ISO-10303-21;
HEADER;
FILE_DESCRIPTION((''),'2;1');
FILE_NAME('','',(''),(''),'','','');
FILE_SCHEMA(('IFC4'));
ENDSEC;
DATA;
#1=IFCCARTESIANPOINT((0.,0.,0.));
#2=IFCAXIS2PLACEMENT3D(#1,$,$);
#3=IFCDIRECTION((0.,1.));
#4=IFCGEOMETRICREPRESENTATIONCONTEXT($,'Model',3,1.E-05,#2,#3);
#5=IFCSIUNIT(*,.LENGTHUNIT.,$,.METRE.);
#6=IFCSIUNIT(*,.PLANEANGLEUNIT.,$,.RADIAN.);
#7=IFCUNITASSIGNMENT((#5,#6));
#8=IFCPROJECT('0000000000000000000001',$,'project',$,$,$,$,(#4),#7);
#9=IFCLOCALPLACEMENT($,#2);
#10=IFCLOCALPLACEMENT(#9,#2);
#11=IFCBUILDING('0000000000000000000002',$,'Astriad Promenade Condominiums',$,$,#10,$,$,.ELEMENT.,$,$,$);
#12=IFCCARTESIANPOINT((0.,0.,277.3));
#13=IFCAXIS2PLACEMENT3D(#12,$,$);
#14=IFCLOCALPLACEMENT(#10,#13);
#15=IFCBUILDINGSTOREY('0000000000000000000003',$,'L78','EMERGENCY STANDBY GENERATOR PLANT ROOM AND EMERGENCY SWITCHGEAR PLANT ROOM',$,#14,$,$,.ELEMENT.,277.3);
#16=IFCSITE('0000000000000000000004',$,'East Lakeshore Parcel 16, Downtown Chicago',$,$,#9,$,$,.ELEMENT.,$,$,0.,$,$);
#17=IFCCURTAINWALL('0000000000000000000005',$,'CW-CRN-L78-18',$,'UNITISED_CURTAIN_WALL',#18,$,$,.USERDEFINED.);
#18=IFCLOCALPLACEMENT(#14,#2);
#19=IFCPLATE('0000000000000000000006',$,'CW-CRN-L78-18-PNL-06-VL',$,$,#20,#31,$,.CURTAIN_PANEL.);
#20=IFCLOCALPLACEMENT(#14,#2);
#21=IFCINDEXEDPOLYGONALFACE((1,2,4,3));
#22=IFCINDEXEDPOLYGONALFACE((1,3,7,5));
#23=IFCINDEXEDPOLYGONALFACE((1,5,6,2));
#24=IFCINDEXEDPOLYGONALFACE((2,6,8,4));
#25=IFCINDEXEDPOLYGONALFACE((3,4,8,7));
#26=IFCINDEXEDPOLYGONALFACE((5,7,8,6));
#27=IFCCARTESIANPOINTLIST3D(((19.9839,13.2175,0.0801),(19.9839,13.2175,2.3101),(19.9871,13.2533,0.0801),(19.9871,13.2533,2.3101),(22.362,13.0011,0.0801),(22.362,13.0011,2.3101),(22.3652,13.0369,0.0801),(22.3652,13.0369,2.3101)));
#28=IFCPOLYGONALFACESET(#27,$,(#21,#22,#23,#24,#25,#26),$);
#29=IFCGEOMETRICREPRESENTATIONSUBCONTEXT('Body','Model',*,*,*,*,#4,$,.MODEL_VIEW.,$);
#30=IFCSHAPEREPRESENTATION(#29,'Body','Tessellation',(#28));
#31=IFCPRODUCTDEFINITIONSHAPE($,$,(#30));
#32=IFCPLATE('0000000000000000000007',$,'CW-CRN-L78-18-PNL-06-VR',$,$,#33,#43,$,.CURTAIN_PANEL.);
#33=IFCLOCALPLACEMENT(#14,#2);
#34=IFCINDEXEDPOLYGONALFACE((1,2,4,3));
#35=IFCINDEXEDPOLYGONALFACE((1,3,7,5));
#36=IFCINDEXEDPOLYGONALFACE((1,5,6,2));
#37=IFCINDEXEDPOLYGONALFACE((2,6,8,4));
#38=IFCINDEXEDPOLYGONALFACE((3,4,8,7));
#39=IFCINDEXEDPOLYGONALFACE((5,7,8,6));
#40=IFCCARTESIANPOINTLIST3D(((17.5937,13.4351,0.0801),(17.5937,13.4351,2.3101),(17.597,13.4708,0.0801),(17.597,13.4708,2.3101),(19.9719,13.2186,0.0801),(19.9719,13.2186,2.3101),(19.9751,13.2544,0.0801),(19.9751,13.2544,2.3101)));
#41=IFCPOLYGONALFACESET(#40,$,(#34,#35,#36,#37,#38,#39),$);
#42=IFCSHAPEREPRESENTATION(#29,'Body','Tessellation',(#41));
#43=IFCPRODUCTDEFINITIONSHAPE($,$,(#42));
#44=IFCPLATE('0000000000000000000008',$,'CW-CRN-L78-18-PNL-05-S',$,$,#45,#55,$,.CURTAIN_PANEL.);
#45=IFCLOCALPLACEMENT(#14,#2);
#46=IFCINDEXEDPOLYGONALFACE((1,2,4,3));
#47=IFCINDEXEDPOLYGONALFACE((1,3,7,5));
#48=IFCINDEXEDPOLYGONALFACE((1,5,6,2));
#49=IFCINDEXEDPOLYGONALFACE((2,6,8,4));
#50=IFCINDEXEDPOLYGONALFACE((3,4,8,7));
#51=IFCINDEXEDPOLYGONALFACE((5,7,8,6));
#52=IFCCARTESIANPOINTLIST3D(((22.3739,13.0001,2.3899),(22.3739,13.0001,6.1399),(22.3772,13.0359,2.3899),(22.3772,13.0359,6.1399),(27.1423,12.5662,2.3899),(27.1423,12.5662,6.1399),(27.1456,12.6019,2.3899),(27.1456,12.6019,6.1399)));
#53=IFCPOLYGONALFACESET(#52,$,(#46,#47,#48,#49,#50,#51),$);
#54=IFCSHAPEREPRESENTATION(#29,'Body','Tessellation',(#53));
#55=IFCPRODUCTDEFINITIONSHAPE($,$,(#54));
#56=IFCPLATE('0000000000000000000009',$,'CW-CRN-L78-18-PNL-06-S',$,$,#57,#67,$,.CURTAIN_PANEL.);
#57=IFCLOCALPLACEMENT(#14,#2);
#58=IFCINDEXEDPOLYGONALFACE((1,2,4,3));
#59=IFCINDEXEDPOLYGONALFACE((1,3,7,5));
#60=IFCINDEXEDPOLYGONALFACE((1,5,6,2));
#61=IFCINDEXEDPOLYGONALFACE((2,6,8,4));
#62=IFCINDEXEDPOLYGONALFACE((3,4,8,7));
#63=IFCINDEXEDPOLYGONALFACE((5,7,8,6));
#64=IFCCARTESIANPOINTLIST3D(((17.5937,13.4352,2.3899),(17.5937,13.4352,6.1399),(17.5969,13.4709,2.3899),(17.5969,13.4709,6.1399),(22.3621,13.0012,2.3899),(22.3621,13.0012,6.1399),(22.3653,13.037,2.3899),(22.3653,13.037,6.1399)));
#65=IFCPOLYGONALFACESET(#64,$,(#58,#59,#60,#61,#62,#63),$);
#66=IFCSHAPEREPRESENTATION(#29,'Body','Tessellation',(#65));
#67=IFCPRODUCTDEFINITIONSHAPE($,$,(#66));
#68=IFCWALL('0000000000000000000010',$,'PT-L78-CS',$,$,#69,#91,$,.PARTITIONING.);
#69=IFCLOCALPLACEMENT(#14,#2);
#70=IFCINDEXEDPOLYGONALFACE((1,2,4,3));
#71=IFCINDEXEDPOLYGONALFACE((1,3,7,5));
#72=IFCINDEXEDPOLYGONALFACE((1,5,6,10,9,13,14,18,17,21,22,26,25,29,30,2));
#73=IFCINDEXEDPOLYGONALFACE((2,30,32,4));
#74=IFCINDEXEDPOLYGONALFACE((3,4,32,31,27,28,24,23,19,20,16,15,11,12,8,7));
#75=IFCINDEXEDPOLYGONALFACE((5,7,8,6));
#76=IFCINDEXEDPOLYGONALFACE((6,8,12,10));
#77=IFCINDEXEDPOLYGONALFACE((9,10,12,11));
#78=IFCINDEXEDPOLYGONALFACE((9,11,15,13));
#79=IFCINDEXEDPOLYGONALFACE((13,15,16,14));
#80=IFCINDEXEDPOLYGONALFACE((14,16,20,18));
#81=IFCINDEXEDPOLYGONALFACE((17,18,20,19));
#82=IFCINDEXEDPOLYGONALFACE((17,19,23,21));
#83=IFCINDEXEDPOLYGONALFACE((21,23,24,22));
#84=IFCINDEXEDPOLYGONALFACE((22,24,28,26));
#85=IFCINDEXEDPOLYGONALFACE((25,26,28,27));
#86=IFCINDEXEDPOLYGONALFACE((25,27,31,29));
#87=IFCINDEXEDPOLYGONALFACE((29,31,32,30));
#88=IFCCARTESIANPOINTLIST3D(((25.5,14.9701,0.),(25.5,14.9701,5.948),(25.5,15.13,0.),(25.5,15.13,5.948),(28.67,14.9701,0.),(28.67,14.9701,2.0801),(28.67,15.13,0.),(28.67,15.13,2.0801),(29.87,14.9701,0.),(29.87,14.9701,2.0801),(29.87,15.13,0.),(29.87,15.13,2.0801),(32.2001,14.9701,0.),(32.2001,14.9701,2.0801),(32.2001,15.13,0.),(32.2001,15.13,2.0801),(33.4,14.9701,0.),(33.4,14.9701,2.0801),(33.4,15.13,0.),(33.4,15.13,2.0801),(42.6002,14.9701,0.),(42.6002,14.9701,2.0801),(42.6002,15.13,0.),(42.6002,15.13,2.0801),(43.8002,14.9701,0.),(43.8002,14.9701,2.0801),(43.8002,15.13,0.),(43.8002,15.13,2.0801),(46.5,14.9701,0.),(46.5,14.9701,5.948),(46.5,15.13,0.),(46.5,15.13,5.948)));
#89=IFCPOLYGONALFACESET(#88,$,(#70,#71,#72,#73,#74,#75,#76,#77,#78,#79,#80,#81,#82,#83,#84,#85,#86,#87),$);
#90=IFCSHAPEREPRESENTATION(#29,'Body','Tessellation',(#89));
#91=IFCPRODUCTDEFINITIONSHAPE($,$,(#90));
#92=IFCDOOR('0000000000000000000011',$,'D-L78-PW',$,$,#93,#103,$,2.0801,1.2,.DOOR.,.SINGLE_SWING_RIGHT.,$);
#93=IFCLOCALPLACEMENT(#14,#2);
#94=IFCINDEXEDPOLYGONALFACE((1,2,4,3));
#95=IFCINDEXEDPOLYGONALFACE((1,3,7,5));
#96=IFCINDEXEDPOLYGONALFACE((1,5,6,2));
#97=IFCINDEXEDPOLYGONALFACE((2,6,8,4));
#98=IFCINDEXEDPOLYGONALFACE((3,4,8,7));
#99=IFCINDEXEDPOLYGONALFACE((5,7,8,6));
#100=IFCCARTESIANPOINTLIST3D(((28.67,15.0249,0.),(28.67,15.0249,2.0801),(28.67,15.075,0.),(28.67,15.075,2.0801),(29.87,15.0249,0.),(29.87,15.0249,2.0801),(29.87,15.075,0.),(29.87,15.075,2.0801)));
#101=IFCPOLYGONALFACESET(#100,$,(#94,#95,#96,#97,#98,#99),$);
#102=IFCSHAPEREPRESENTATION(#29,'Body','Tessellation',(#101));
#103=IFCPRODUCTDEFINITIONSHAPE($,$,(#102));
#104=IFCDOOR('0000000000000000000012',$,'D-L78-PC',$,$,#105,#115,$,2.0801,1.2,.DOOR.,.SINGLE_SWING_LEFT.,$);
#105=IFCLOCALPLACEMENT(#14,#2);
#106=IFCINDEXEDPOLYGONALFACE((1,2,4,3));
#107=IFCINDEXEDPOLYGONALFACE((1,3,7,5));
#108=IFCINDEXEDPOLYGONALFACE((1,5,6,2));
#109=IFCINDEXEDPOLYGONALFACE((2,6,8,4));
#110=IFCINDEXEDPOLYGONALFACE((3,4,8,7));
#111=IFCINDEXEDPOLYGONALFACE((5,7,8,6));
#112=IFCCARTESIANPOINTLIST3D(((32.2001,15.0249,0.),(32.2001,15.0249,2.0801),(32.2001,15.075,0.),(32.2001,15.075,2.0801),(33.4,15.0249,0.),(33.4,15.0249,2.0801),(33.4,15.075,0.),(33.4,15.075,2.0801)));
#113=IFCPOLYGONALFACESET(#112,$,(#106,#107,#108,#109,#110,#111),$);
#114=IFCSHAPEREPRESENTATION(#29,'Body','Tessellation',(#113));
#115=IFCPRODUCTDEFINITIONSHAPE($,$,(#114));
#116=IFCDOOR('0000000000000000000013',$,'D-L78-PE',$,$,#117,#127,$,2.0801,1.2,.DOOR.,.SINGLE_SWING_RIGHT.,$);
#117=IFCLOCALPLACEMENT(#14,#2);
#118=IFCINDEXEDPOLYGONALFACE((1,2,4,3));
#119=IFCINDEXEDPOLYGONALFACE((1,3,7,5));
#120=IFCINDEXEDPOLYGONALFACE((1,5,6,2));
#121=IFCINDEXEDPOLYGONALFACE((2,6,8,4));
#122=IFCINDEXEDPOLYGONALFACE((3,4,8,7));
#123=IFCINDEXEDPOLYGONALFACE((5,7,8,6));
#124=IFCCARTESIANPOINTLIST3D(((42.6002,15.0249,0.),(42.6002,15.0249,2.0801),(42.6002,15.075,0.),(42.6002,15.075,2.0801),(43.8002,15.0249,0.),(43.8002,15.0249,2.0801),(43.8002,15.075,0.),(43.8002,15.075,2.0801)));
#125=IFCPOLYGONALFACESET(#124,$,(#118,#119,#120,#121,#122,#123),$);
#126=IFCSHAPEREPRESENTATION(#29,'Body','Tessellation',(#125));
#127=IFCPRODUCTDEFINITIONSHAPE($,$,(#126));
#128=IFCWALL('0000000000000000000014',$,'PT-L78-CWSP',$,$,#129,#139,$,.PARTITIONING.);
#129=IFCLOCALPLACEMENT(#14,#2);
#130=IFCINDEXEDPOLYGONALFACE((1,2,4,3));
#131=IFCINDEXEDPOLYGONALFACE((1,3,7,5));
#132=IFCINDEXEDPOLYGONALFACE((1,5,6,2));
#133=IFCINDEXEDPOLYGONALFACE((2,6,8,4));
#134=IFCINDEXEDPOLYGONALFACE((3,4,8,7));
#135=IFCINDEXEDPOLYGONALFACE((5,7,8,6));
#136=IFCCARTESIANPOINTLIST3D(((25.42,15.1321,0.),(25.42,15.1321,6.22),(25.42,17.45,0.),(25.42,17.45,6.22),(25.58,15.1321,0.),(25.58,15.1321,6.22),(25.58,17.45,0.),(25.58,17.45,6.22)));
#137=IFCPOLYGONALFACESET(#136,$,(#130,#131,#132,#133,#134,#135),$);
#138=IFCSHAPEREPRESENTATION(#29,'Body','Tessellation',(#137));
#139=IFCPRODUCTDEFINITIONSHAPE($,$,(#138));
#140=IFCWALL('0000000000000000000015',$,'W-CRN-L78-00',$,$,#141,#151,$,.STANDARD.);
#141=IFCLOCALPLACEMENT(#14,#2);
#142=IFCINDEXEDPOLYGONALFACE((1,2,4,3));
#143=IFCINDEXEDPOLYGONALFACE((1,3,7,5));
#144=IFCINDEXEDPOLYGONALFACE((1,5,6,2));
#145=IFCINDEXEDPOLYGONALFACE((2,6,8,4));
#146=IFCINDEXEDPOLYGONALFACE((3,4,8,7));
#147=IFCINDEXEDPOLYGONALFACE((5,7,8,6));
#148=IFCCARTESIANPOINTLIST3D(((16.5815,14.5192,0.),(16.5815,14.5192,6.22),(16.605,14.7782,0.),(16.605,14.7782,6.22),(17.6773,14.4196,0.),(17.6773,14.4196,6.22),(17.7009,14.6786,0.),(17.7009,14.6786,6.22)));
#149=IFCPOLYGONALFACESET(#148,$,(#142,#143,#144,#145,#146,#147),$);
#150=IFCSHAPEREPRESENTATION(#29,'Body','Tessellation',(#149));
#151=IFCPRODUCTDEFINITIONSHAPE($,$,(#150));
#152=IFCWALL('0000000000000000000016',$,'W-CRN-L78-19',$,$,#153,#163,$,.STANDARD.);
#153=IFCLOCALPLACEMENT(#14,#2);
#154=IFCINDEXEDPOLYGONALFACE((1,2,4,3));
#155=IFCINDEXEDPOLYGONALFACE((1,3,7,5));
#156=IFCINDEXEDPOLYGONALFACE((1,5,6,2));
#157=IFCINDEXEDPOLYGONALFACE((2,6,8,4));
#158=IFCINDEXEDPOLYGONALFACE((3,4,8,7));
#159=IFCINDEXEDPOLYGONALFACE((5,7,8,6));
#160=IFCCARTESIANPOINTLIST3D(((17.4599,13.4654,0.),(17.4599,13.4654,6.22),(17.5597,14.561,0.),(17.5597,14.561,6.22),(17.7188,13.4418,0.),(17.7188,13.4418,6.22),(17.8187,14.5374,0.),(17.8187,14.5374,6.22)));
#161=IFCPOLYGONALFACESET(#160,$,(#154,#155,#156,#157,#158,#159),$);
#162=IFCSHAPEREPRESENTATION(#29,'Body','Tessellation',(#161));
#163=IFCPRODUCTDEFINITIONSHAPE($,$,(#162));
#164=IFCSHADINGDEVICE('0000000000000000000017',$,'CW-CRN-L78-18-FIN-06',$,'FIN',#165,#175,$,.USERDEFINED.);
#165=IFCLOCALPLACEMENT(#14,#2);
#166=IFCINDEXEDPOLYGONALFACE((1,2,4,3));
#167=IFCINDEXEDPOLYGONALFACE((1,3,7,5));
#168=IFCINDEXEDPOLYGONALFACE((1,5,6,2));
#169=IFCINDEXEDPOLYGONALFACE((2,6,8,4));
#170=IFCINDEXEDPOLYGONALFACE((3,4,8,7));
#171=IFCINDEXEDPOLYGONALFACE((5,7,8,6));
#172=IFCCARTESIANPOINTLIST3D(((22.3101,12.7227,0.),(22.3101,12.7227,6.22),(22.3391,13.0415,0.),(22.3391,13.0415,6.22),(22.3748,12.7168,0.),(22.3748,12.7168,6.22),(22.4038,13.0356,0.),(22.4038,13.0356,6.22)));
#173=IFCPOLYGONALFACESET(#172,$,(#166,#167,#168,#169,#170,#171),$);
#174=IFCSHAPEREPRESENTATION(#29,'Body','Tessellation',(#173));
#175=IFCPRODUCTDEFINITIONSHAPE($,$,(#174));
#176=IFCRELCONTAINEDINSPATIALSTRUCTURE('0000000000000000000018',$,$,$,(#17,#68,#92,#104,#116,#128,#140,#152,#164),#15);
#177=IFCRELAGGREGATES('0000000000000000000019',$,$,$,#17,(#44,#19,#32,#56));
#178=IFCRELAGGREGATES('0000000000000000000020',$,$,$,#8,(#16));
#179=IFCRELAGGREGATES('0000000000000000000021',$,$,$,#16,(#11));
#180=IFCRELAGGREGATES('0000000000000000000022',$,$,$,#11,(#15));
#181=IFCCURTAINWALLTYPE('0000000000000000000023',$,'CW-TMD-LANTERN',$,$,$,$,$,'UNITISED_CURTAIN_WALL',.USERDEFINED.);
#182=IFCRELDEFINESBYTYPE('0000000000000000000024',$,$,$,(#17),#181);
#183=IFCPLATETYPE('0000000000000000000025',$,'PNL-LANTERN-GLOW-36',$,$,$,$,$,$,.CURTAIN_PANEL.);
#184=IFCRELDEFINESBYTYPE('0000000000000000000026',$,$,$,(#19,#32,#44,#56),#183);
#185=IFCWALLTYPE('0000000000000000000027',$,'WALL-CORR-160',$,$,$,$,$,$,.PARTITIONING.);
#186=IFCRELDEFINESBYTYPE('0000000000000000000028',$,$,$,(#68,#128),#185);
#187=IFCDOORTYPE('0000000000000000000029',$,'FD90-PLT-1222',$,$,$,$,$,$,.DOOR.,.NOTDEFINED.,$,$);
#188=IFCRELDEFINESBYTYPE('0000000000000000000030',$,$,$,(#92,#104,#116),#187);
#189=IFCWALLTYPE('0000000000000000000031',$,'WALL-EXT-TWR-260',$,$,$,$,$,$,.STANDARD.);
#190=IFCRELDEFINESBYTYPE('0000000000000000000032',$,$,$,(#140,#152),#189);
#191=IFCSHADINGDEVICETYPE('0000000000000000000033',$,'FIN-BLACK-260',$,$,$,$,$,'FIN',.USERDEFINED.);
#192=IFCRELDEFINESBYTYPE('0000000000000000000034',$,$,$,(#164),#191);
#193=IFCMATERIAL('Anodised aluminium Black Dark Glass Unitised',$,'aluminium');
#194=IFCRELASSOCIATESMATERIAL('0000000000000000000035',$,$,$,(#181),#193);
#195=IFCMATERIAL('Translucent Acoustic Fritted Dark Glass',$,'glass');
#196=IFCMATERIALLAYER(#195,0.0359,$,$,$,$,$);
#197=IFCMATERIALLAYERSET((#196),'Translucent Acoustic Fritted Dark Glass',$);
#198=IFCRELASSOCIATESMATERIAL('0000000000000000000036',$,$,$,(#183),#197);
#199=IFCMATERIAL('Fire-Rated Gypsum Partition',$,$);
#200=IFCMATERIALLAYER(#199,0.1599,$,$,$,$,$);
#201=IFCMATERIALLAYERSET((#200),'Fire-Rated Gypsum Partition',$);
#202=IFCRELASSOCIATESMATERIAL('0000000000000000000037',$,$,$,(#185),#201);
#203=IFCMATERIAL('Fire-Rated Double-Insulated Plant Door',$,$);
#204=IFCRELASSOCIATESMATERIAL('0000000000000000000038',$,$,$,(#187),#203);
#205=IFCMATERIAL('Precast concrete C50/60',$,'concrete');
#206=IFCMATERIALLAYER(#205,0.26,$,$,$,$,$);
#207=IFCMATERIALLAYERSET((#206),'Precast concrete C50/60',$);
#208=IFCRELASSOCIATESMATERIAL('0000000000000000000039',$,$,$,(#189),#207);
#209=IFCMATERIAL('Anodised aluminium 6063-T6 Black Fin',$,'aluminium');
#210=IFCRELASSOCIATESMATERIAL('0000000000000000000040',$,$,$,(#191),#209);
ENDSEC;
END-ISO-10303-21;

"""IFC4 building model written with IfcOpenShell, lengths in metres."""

from ifc_helpers import new_model, si_unit, direction, frame, frame_2d, origin, origin_2d, place, context, subcontext, project, spatial, rectangle, extrude, source, transform, mapped, material, layer, layer_set, type_object, type_shapes, element, fill, aggregate, save


model = new_model("IFC4")

# Units and contexts
model_context = context("Model", 3, precision=1e-05, world=origin(), true_north=direction((0.0, 1.0)))
body_context = subcontext(model_context, "Body", "Model", "MODEL_VIEW")
ifc_project = project(units=[si_unit("LENGTHUNIT", "METRE"), si_unit("PLANEANGLEUNIT", "RADIAN")], contexts=[model_context])

# Site, building, storey
site_placement = place(None, origin())
site = spatial("IfcSite", under=ifc_project, at=site_placement, Name="East Lakeshore Parcel 16, Downtown Chicago", CompositionType="ELEMENT", RefElevation=0.0)
building_placement = place(site_placement, origin())
building = spatial("IfcBuilding", under=site, at=building_placement, Name="Astriad Promenade Condominiums", CompositionType="ELEMENT")
storey_placement = place(building_placement, frame((0.0, 0.0, 277.3)))
storey = spatial("IfcBuildingStorey", under=building, at=storey_placement, Name="L78", Description="EMERGENCY STANDBY GENERATOR PLANT ROOM AND EMERGENCY SWITCHGEAR PLANT ROOM", CompositionType="ELEMENT", Elevation=277.3)

# Curtain wall
ifc_material_1 = material(Name="Anodised aluminium Black Dark Glass Unitised", Category="aluminium")
curtain_wall_type = type_object("IfcCurtainWallType", Name="CW-TMD-LANTERN", ElementType="UNITISED_CURTAIN_WALL", PredefinedType="USERDEFINED", material=ifc_material_1)
curtain_wall_placement = place(storey_placement, origin())
curtain_wall = element("IfcCurtainWall", 1, at=curtain_wall_placement, inside=storey, type_object=curtain_wall_type, Name="CW-CRN-L78-18", ObjectType="UNITISED_CURTAIN_WALL", PredefinedType="USERDEFINED")

# Plates
ifc_material_2 = material(Name="Translucent Acoustic Fritted Dark Glass", Category="glass")
ifc_layer_1 = layer(ifc_material_2, 0.0359)
ifc_layer_set_1 = layer_set([ifc_layer_1], Name="Translucent Acoustic Fritted Dark Glass")
plate_type_1 = type_object("IfcPlateType", Name="PNL-LANTERN-GLOW-36", PredefinedType="CURTAIN_PANEL", material=ifc_layer_set_1)
shared_shape_1 = source(origin(), body_context, "Body", "SweptSolid", [
    extrude(rectangle(XDim=2.3879, YDim=0.0359, at=origin_2d()), origin(), (0.0, 0.0, 1.0), 2.23),
])
plate_1_placement = place(storey_placement, frame((21.1746, 13.1272, 0.0801), z_axis=(0.0, 0.0, 1.0), x_axis=(-0.995884, 0.090633, 0.0)))
plate_1 = element("IfcPlate", 2, at=plate_1_placement, type_object=plate_type_1, Name="CW-CRN-L78-18-PNL-06-VL", PredefinedType="CURTAIN_PANEL", context=body_context, shape_type="MappedRepresentation", body=[
    mapped(shared_shape_1, transform((0.0, 0.0, 0.0), scale=1.0)),
])
plate_2_placement = place(storey_placement, frame((18.7844, 13.3447, 0.0801), z_axis=(0.0, 0.0, 1.0), x_axis=(-0.995884, 0.090633, 0.0)))
plate_2 = element("IfcPlate", 3, at=plate_2_placement, type_object=plate_type_1, Name="CW-CRN-L78-18-PNL-06-VR", PredefinedType="CURTAIN_PANEL", context=body_context, shape_type="MappedRepresentation", body=[
    mapped(shared_shape_1, transform((0.0, 0.0, 0.0), scale=1.0)),
])
shared_shape_2 = source(origin(), body_context, "Body", "SweptSolid", [
    extrude(rectangle(XDim=4.7881, YDim=0.0359, at=origin_2d()), origin(), (0.0, 0.0, 1.0), 3.75),
])
type_shapes(plate_type_1, [shared_shape_1, shared_shape_2])
plate_3_placement = place(storey_placement, frame((24.7598, 12.801, 2.3899), z_axis=(0.0, 0.0, 1.0), x_axis=(-0.995884, 0.090633, 0.0)))
plate_3 = element("IfcPlate", 4, at=plate_3_placement, type_object=plate_type_1, Name="CW-CRN-L78-18-PNL-05-S", PredefinedType="CURTAIN_PANEL", context=body_context, shape_type="MappedRepresentation", body=[
    mapped(shared_shape_2, transform((0.0, 0.0, 0.0), scale=1.0)),
])
plate_4_placement = place(storey_placement, frame((19.9795, 13.2361, 2.3899), z_axis=(0.0, 0.0, 1.0), x_axis=(-0.995884, 0.090633, 0.0)))
plate_4 = element("IfcPlate", 5, at=plate_4_placement, type_object=plate_type_1, Name="CW-CRN-L78-18-PNL-06-S", PredefinedType="CURTAIN_PANEL", context=body_context, shape_type="MappedRepresentation", body=[
    mapped(shared_shape_2, transform((0.0, 0.0, 0.0), scale=1.0)),
])
aggregate(curtain_wall, [plate_3, plate_1, plate_2, plate_4])

# Wall, openings, doors
ifc_material_3 = material(Name="Fire-Rated Gypsum Partition")
ifc_layer_2 = layer(ifc_material_3, 0.1599)
ifc_layer_set_2 = layer_set([ifc_layer_2], Name="Fire-Rated Gypsum Partition")
wall_type_1 = type_object("IfcWallType", Name="WALL-CORR-160", PredefinedType="PARTITIONING", material=ifc_layer_set_2)
wall_1_placement = place(storey_placement, frame((25.5, 15.05, 0.0), z_axis=(0.0, 0.0, 1.0), x_axis=(1.0, 0.0, 0.0)))
wall_1 = element("IfcWall", 6, at=wall_1_placement, inside=storey, type_object=wall_type_1, Name="PT-L78-CS", PredefinedType="PARTITIONING", context=body_context, shape_type="SweptSolid", body=[
    extrude(rectangle(XDim=21.0, YDim=0.1599, at=frame_2d((10.5, 0.0))), origin(), (0.0, 0.0, 1.0), 5.948),
])
opening_1_placement = place(wall_1_placement, frame((3.1699, 0.0, 0.0)))
opening_1 = element("IfcOpeningElement", 7, at=opening_1_placement, cuts=wall_1, PredefinedType="OPENING", context=body_context, shape_type="SweptSolid", body=[
    extrude(rectangle(XDim=1.2, YDim=2.0801, at=frame_2d((0.6001, 1.04))), frame((0.0, 0.0898, 0.0), z_axis=(0.0, -1.0, 0.0), x_axis=(1.0, 0.0, 0.0)), (0.0, 0.0, 1.0), 0.1799),
])
opening_2_placement = place(wall_1_placement, frame((6.7, 0.0, 0.0)))
opening_2 = element("IfcOpeningElement", 8, at=opening_2_placement, cuts=wall_1, PredefinedType="OPENING", context=body_context, shape_type="SweptSolid", body=[
    extrude(rectangle(XDim=1.2, YDim=2.0801, at=frame_2d((0.6001, 1.04))), frame((0.0, 0.0898, 0.0), z_axis=(0.0, -1.0, 0.0), x_axis=(1.0, 0.0, 0.0)), (0.0, 0.0, 1.0), 0.1799),
])
opening_3_placement = place(wall_1_placement, frame((17.1001, 0.0, 0.0)))
opening_3 = element("IfcOpeningElement", 9, at=opening_3_placement, cuts=wall_1, PredefinedType="OPENING", context=body_context, shape_type="SweptSolid", body=[
    extrude(rectangle(XDim=1.2, YDim=2.0801, at=frame_2d((0.6001, 1.04))), frame((0.0, 0.0898, 0.0), z_axis=(0.0, -1.0, 0.0), x_axis=(1.0, 0.0, 0.0)), (0.0, 0.0, 1.0), 0.1799),
])
ifc_material_4 = material(Name="Fire-Rated Double-Insulated Plant Door")
door_type = type_object("IfcDoorType", Name="FD90-PLT-1222", OperationType="NOTDEFINED", PredefinedType="DOOR", material=ifc_material_4)
shared_shape_3 = source(origin(), body_context, "Body", "SweptSolid", [
    extrude(rectangle(XDim=1.2, YDim=2.0801, at=frame_2d((0.6001, 1.04))), frame((0.0, 0.0249, 0.0), z_axis=(0.0, -1.0, 0.0), x_axis=(1.0, 0.0, 0.0)), (0.0, 0.0, 1.0), 0.05),
])
type_shapes(door_type, [shared_shape_3])
door_1_placement = place(opening_1_placement, origin())
door_1 = element("IfcDoor", 10, at=door_1_placement, inside=storey, type_object=door_type, Name="D-L78-PW", OperationType="SINGLE_SWING_RIGHT", OverallHeight=2.0801, OverallWidth=1.2, PredefinedType="DOOR", context=body_context, shape_type="MappedRepresentation", body=[
    mapped(shared_shape_3, transform((0.0, 0.0, 0.0), scale=1.0)),
])
fill(opening_1, door_1)
door_2_placement = place(opening_2_placement, origin())
door_2 = element("IfcDoor", 11, at=door_2_placement, inside=storey, type_object=door_type, Name="D-L78-PC", OperationType="SINGLE_SWING_LEFT", OverallHeight=2.0801, OverallWidth=1.2, PredefinedType="DOOR", context=body_context, shape_type="MappedRepresentation", body=[
    mapped(shared_shape_3, transform((0.0, 0.0, 0.0), scale=1.0)),
])
fill(opening_2, door_2)
door_3_placement = place(opening_3_placement, origin())
door_3 = element("IfcDoor", 12, at=door_3_placement, inside=storey, type_object=door_type, Name="D-L78-PE", OperationType="SINGLE_SWING_RIGHT", OverallHeight=2.0801, OverallWidth=1.2, PredefinedType="DOOR", context=body_context, shape_type="MappedRepresentation", body=[
    mapped(shared_shape_3, transform((0.0, 0.0, 0.0), scale=1.0)),
])
fill(opening_3, door_3)

# Walls
wall_2_placement = place(storey_placement, frame((25.5, 15.1321, 0.0), z_axis=(0.0, 0.0, 1.0), x_axis=(0.0, 1.0, 0.0)))
element("IfcWall", 13, at=wall_2_placement, inside=storey, type_object=wall_type_1, Name="PT-L78-CWSP", PredefinedType="PARTITIONING", context=body_context, shape_type="SweptSolid", body=[
    extrude(rectangle(XDim=2.3179, YDim=0.1599, at=frame_2d((1.1589, 0.0))), origin(), (0.0, 0.0, 1.0), 6.22),
])
ifc_material_5 = material(Name="Precast concrete C50/60", Category="concrete")
ifc_layer_3 = layer(ifc_material_5, 0.26)
ifc_layer_set_3 = layer_set([ifc_layer_3], Name="Precast concrete C50/60")
wall_type_2 = type_object("IfcWallType", Name="WALL-EXT-TWR-260", PredefinedType="STANDARD", material=ifc_layer_set_3)
wall_3_placement = place(storey_placement, frame((17.6892, 14.5491, 0.0), z_axis=(0.0, 0.0, 1.0), x_axis=(-0.995893, 0.090536, 0.0)))
element("IfcWall", 14, at=wall_3_placement, inside=storey, type_object=wall_type_2, Name="W-CRN-L78-00", PredefinedType="STANDARD", context=body_context, shape_type="SweptSolid", body=[
    extrude(rectangle(XDim=1.1003, YDim=0.26, at=frame_2d((0.5503, 0.0))), origin(), (0.0, 0.0, 1.0), 6.22),
])
wall_4_placement = place(storey_placement, frame((17.5894, 13.4536, 0.0), z_axis=(0.0, 0.0, 1.0), x_axis=(0.090776, 0.995871, 0.0)))
element("IfcWall", 15, at=wall_4_placement, inside=storey, type_object=wall_type_2, Name="W-CRN-L78-19", PredefinedType="STANDARD", context=body_context, shape_type="SweptSolid", body=[
    extrude(rectangle(XDim=1.1001, YDim=0.26, at=frame_2d((0.55, 0.0))), origin(), (0.0, 0.0, 1.0), 6.22),
])

# Shading device
ifc_material_6 = material(Name="Anodised aluminium 6063-T6 Black Fin", Category="aluminium")
shading_device_type = type_object("IfcShadingDeviceType", Name="FIN-BLACK-260", ElementType="FIN", PredefinedType="USERDEFINED", material=ifc_material_6)
shared_shape_4 = source(origin(), body_context, "Body", "SweptSolid", [
    extrude(rectangle(XDim=0.0649, YDim=0.3201, at=origin_2d()), origin(), (0.0, 0.0, 1.0), 6.22),
])
type_shapes(shading_device_type, [shared_shape_4])
shading_device_placement = place(storey_placement, frame((22.3569, 12.8792, 0.0), z_axis=(0.0, 0.0, 1.0), x_axis=(-0.995884, 0.090633, 0.0)))
element("IfcShadingDevice", 16, at=shading_device_placement, inside=storey, type_object=shading_device_type, Name="CW-CRN-L78-18-FIN-06", ObjectType="FIN", PredefinedType="USERDEFINED", context=body_context, shape_type="MappedRepresentation", body=[
    mapped(shared_shape_4, transform((0.0, 0.0, 0.0), scale=1.0)),
])

save(model, "model.ifc")
